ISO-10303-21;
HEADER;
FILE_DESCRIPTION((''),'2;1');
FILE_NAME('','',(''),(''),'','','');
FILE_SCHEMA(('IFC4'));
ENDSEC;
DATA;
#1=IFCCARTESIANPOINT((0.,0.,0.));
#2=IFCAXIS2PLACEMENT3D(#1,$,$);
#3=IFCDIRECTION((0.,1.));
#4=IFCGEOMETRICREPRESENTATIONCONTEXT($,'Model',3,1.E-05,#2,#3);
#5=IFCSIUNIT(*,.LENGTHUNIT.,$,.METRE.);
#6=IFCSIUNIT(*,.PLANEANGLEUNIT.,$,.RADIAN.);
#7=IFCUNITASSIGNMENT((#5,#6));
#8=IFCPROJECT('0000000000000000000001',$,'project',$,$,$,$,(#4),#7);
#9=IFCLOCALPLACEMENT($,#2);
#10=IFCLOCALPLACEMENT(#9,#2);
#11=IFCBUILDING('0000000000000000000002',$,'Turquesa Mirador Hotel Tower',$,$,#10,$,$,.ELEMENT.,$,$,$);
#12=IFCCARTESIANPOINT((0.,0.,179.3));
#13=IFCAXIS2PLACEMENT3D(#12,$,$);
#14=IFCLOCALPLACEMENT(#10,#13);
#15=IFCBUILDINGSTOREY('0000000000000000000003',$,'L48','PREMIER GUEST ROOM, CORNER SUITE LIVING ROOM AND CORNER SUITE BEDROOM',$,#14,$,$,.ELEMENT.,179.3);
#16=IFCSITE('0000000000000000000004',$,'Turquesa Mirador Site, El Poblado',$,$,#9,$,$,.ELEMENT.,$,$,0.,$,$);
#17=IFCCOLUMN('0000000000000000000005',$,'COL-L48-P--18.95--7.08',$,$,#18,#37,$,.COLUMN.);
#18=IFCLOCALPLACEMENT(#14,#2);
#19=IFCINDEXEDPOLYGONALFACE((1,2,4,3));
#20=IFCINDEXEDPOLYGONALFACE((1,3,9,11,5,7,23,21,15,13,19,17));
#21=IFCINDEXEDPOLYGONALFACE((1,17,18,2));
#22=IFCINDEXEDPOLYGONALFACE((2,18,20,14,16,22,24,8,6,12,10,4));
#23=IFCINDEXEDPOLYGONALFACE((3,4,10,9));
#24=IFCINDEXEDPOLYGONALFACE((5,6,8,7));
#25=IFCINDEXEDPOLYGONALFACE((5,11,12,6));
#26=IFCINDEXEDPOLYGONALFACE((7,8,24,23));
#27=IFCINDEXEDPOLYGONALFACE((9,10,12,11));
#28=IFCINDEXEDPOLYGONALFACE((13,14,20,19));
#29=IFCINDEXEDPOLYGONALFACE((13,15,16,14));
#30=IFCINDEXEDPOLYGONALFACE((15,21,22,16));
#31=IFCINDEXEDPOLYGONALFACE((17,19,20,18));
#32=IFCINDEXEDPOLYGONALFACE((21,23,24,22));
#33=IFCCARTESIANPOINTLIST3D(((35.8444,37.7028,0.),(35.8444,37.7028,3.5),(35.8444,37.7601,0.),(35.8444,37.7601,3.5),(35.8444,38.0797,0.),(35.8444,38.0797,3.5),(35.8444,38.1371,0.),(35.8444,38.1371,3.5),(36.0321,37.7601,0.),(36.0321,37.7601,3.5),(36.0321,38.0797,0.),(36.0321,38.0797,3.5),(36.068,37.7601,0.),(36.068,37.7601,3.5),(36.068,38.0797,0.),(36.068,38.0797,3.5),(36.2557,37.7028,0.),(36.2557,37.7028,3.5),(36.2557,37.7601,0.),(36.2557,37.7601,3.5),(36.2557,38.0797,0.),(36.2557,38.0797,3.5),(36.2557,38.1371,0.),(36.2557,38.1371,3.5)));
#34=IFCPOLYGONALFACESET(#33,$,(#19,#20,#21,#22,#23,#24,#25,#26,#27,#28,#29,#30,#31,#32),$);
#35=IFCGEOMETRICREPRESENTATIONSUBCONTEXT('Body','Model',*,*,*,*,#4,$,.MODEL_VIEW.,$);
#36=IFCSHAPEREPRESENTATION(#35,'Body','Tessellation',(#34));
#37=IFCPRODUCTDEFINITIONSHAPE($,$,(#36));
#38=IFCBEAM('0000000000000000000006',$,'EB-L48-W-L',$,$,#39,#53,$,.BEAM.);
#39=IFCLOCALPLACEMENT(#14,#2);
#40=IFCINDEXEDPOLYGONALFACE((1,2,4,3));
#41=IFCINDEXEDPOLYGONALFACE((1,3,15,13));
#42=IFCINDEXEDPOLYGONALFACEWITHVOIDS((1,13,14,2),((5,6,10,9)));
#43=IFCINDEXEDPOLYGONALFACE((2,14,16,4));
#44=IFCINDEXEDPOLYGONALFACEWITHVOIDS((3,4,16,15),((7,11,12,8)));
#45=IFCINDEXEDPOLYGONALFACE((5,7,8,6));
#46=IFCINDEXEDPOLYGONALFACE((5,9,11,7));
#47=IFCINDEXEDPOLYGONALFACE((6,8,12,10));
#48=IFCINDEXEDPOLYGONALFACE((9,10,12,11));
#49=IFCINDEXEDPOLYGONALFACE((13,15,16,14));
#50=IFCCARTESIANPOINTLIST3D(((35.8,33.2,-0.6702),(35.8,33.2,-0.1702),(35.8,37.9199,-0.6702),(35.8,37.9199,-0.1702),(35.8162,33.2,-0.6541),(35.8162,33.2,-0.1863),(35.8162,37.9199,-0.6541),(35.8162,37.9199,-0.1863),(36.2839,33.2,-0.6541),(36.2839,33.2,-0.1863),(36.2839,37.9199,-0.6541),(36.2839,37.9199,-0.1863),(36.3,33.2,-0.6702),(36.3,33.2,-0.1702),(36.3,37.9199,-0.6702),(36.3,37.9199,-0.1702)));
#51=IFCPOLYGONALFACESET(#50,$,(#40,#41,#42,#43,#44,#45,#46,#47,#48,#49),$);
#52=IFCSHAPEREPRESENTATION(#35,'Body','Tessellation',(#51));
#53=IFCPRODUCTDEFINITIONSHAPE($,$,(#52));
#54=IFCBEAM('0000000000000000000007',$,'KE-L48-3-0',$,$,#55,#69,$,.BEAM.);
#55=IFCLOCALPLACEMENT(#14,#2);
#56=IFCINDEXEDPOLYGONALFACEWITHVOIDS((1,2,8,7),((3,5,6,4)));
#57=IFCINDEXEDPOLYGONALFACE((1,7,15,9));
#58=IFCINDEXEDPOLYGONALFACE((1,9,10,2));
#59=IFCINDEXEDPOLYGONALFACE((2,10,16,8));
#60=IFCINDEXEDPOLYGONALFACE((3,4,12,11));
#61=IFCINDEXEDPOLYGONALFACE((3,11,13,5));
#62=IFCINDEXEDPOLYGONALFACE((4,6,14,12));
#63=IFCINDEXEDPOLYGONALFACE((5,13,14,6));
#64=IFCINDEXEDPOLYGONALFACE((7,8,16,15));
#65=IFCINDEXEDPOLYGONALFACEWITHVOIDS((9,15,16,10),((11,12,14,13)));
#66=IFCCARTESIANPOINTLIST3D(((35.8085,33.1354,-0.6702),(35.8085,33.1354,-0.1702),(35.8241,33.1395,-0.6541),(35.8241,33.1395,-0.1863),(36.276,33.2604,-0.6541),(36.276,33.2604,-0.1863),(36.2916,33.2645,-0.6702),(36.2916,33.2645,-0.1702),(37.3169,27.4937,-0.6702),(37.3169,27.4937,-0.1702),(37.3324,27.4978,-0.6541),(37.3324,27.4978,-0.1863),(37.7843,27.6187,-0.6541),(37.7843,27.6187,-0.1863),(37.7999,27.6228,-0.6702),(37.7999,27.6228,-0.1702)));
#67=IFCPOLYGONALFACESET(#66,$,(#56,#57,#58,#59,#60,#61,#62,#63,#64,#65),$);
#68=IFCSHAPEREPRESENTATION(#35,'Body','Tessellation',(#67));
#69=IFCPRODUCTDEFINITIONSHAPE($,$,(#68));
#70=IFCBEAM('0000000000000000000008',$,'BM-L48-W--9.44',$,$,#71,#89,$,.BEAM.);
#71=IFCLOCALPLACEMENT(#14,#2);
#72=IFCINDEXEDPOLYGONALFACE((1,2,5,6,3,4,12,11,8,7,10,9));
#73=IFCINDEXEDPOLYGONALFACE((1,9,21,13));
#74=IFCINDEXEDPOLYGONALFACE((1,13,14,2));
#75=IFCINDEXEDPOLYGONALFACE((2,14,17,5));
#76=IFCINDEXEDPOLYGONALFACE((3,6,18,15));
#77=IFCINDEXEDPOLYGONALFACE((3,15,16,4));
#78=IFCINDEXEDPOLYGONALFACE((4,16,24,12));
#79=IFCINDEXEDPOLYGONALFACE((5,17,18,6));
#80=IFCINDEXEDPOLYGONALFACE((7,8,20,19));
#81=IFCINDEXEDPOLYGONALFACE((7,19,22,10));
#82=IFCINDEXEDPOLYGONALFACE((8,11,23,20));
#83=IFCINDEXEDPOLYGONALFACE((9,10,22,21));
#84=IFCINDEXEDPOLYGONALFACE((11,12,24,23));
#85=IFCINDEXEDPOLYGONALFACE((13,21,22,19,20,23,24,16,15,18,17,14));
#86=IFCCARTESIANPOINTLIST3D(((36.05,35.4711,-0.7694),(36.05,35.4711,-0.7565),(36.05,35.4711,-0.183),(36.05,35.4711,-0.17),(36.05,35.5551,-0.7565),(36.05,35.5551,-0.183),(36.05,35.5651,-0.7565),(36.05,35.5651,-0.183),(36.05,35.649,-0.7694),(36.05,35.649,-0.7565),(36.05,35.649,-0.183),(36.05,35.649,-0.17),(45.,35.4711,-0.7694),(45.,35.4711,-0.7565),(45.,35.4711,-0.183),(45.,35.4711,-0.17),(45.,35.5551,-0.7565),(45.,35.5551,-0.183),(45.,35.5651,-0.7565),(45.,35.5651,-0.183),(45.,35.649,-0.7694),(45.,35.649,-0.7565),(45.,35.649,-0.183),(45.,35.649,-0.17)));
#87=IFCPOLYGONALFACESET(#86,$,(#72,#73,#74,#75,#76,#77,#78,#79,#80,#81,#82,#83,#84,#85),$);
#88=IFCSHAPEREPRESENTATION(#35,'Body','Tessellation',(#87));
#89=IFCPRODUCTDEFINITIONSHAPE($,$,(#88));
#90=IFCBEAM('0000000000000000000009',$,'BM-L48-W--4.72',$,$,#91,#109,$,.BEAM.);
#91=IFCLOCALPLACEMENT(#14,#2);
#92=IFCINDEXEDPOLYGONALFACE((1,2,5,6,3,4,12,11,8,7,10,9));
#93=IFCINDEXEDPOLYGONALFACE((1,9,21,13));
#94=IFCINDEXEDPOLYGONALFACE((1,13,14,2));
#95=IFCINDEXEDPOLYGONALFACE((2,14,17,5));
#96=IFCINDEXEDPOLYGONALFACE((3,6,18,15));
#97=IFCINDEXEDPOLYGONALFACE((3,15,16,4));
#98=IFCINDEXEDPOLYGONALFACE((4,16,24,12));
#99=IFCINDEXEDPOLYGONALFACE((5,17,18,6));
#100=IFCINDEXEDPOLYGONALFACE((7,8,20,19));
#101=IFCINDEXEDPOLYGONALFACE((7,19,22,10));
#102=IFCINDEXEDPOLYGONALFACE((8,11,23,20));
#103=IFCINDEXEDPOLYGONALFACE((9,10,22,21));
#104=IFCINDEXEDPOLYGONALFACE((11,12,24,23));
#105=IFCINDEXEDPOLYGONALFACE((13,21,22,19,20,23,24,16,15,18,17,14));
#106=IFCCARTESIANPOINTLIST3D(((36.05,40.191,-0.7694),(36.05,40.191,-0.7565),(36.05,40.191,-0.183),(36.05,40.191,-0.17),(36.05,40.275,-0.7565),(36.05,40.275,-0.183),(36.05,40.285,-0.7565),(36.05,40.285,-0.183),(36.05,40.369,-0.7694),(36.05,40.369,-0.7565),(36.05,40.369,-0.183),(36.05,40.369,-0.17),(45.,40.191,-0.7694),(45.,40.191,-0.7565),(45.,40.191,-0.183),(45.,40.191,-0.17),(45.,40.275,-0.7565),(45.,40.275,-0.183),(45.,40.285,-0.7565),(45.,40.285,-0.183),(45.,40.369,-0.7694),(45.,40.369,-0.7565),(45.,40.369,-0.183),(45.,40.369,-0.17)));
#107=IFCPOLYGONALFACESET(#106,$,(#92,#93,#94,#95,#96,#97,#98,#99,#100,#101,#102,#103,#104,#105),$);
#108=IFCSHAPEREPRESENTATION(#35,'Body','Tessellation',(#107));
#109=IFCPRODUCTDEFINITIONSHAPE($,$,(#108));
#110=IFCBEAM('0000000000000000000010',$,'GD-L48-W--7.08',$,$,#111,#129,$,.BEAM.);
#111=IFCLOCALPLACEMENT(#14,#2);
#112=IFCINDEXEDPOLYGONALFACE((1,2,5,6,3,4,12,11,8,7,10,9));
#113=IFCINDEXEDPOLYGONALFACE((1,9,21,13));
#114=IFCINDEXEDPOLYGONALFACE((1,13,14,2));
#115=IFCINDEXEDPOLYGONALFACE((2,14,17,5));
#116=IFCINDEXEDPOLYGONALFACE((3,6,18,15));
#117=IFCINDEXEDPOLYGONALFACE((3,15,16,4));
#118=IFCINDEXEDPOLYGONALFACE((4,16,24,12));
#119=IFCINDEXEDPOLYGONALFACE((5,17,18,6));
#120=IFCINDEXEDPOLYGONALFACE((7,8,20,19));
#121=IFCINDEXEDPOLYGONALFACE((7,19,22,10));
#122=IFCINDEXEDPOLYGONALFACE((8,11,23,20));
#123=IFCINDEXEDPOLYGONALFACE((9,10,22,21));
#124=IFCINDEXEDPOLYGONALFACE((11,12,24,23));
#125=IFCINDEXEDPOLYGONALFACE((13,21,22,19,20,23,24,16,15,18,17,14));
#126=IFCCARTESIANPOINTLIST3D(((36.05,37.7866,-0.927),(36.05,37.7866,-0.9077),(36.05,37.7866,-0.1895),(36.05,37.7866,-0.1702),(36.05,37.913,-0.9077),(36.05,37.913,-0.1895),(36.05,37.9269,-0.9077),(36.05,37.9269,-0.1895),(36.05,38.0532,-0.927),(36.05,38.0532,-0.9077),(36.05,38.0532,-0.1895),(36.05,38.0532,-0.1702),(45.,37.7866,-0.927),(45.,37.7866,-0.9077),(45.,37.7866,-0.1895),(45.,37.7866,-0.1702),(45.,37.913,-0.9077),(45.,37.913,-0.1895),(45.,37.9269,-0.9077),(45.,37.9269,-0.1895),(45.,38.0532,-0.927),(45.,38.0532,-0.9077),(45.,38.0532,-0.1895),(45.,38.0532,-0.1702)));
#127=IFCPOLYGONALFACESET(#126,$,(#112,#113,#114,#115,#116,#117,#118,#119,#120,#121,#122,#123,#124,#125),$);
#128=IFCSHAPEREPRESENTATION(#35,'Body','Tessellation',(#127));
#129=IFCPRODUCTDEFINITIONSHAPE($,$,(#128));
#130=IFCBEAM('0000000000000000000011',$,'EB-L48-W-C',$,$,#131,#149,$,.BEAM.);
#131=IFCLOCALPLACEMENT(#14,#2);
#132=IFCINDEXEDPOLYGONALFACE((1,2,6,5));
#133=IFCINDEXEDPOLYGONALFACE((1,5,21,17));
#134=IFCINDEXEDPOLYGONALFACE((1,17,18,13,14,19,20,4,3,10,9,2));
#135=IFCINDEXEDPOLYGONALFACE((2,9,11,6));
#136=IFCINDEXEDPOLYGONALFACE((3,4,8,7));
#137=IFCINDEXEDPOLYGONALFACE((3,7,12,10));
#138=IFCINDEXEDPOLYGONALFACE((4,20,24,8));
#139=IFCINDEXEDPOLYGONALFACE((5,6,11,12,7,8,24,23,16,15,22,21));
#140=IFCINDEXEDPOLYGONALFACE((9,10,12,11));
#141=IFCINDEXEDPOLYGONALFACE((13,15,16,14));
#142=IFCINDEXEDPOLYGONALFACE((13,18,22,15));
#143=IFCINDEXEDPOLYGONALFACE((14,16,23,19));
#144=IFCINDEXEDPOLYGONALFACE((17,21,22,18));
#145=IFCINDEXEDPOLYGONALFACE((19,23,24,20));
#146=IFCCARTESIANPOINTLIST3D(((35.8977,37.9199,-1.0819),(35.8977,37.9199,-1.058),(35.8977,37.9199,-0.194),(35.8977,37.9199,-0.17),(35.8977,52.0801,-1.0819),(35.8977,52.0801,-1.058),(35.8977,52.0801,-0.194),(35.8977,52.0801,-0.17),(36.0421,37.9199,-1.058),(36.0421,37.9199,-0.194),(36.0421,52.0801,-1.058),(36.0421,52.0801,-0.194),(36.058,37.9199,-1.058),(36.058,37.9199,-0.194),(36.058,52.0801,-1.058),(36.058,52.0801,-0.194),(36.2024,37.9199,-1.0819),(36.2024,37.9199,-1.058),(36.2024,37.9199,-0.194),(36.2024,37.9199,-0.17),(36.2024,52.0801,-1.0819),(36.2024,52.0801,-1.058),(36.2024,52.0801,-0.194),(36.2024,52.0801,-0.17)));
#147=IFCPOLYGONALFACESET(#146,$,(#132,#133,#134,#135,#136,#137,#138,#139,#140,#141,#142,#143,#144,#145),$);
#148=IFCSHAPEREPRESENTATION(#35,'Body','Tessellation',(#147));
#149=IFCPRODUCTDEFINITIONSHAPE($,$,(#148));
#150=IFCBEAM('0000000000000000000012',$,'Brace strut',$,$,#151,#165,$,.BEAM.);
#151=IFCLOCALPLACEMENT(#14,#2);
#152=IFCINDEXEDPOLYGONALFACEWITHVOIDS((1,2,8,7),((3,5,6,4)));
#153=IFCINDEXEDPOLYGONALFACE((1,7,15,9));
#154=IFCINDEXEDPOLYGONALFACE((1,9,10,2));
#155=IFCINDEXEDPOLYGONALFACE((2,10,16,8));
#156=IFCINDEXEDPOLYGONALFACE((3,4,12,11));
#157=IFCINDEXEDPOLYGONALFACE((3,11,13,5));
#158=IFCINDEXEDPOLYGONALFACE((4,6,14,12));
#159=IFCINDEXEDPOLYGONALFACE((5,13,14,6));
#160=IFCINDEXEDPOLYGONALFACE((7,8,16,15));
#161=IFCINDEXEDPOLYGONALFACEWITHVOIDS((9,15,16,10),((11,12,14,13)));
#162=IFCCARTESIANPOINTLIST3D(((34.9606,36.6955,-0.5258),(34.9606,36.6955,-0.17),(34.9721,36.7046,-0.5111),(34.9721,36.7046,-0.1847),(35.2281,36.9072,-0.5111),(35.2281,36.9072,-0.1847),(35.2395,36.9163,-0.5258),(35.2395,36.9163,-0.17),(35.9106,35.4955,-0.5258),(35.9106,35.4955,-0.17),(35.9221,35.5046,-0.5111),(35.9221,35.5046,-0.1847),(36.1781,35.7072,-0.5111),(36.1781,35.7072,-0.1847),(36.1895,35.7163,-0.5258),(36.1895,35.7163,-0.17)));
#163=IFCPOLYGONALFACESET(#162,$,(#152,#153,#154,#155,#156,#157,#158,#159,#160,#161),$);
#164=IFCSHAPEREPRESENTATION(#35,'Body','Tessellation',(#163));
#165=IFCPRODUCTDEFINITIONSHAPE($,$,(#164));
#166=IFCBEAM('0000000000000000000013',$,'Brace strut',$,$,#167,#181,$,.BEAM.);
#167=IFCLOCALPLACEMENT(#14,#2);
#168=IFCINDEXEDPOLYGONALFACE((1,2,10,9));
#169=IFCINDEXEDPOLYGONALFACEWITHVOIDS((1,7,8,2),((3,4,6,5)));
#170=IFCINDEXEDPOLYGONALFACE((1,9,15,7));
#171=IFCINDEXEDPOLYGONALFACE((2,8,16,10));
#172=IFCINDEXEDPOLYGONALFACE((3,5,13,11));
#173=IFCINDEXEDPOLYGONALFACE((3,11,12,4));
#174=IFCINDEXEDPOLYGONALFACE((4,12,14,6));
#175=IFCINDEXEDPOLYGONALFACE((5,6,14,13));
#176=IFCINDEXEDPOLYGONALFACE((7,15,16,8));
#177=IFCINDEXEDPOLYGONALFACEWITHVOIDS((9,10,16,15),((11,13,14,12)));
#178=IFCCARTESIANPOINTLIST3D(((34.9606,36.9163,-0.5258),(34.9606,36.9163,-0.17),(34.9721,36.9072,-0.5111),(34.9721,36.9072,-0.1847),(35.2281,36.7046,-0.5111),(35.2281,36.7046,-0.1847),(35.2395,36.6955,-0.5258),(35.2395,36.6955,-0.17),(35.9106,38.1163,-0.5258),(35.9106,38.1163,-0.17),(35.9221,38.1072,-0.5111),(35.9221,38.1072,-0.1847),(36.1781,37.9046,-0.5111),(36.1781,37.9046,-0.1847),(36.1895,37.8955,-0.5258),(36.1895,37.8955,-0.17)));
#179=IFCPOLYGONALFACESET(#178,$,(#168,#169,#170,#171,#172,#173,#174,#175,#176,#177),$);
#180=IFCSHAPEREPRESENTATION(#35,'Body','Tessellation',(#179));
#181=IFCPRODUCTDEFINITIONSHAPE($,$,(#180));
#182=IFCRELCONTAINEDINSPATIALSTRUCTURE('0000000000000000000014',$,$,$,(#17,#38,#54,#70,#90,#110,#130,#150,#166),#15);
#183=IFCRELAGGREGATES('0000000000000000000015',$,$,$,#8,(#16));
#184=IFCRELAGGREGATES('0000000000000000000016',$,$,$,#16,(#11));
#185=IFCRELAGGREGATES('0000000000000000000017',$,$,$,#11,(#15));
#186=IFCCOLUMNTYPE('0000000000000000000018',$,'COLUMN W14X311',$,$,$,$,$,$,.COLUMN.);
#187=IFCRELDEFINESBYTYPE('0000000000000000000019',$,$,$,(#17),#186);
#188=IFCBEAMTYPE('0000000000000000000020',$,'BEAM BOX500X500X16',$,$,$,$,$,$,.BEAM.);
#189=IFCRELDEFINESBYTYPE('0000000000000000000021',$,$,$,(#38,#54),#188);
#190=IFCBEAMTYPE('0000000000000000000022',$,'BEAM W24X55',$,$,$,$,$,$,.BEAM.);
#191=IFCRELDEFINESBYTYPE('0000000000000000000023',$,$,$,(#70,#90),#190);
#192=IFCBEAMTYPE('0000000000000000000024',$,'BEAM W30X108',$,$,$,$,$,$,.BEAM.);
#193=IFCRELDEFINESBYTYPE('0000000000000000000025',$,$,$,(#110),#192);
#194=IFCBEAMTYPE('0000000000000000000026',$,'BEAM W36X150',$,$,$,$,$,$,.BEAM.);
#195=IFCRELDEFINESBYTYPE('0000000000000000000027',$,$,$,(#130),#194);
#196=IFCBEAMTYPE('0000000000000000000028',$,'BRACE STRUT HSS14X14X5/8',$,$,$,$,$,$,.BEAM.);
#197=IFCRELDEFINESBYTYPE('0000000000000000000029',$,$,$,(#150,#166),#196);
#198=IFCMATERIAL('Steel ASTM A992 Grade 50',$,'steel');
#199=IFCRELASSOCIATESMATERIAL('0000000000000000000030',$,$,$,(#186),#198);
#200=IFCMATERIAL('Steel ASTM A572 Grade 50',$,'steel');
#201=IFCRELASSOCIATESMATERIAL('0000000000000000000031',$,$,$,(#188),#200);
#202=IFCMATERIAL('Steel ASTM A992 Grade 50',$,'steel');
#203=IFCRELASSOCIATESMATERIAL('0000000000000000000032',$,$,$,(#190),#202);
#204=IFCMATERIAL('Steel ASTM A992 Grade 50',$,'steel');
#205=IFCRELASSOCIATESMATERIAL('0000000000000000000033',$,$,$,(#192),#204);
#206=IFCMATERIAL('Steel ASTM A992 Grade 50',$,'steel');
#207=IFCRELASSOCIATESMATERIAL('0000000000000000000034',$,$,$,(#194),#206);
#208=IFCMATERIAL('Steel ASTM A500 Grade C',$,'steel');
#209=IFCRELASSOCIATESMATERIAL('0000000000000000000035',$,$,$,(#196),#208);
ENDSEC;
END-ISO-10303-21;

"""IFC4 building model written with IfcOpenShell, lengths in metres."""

from ifc_helpers import new_model, si_unit, direction, frame, origin, origin_2d, place, context, subcontext, project, spatial, hollow_rectangle, i_section, extrude, material, material_profile, profile_set, type_object, element, save


model = new_model("IFC4")

# Units and contexts
model_context = context("Model", 3, precision=1e-05, world=origin(), true_north=direction((0.0, 1.0)))
body_context = subcontext(model_context, "Body", "Model", "MODEL_VIEW")
ifc_project = project(units=[si_unit("LENGTHUNIT", "METRE"), si_unit("PLANEANGLEUNIT", "RADIAN")], contexts=[model_context])

# Site, building, storey
site_placement = place(None, origin())
site = spatial("IfcSite", under=ifc_project, at=site_placement, Name="Turquesa Mirador Site, El Poblado", CompositionType="ELEMENT", RefElevation=0.0)
building_placement = place(site_placement, origin())
building = spatial("IfcBuilding", under=site, at=building_placement, Name="Turquesa Mirador Hotel Tower", CompositionType="ELEMENT")
storey_placement = place(building_placement, frame((0.0, 0.0, 179.3)))
storey = spatial("IfcBuildingStorey", under=building, at=storey_placement, Name="L48", Description="PREMIER GUEST ROOM, CORNER SUITE LIVING ROOM AND CORNER SUITE BEDROOM", CompositionType="ELEMENT", Elevation=179.3)

# Column
ifc_material_1 = material(Name="Steel ASTM A992 Grade 50", Category="steel")
ifc_material_profile_1 = material_profile(ifc_material_1, i_section(OverallWidth=0.4114, OverallDepth=0.4343, WebThickness=0.0359, FlangeThickness=0.0574, at=origin_2d()), Name="W14X311")
ifc_profile_set_1 = profile_set([ifc_material_profile_1], Name="Steel ASTM A992 Grade 50")
column_type = type_object("IfcColumnType", Name="COLUMN W14X311", PredefinedType="COLUMN", material=ifc_profile_set_1)
column_placement = place(storey_placement, frame((36.05, 37.9199, 0.0), z_axis=(0.0, 0.0, 1.0), x_axis=(1.0, 0.0, 0.0)))
element("IfcColumn", 1, at=column_placement, inside=storey, type_object=column_type, Name="COL-L48-P--18.95--7.08", PredefinedType="COLUMN", context=body_context, shape_type="SweptSolid", body=[
    extrude(i_section(OverallWidth=0.4114, OverallDepth=0.4343, WebThickness=0.0359, FlangeThickness=0.0574, at=origin_2d()), origin(), (0.0, 0.0, 1.0), 3.5),
])

# Beams
ifc_material_2 = material(Name="Steel ASTM A572 Grade 50", Category="steel")
ifc_material_profile_2 = material_profile(ifc_material_2, hollow_rectangle(XDim=0.5, YDim=0.5, WallThickness=0.0161, at=origin_2d()), Name="BOX500X500X16")
ifc_profile_set_2 = profile_set([ifc_material_profile_2], Name="Steel ASTM A572 Grade 50")
beam_type_1 = type_object("IfcBeamType", Name="BEAM BOX500X500X16", PredefinedType="BEAM", material=ifc_profile_set_2)
beam_1_placement = place(storey_placement, frame((36.05, 33.2, -0.4202), z_axis=(0.0, 1.0, 0.0), x_axis=(-1.0, 0.0, 0.0)))
element("IfcBeam", 2, at=beam_1_placement, inside=storey, type_object=beam_type_1, Name="EB-L48-W-L", PredefinedType="BEAM", context=body_context, shape_type="SweptSolid", body=[
    extrude(hollow_rectangle(XDim=0.5, YDim=0.5, WallThickness=0.0161, at=origin_2d()), origin(), (0.0, 0.0, 1.0), 4.72),
])
beam_2_placement = place(storey_placement, frame((36.05, 33.2, -0.4202), z_axis=(0.258282, -0.96607, 0.0), x_axis=(0.96607, 0.258282, 0.0)))
element("IfcBeam", 3, at=beam_2_placement, inside=storey, type_object=beam_type_1, Name="KE-L48-3-0", PredefinedType="BEAM", context=body_context, shape_type="SweptSolid", body=[
    extrude(hollow_rectangle(XDim=0.5, YDim=0.5, WallThickness=0.0161, at=origin_2d()), origin(), (0.0, 0.0, 1.0), 5.8398),
])
ifc_material_3 = material(Name="Steel ASTM A992 Grade 50", Category="steel")
ifc_material_profile_3 = material_profile(ifc_material_3, i_section(OverallWidth=0.178, OverallDepth=0.5994, WebThickness=0.01, FlangeThickness=0.0129, at=origin_2d()), Name="W24X55")
ifc_profile_set_3 = profile_set([ifc_material_profile_3], Name="Steel ASTM A992 Grade 50")
beam_type_2 = type_object("IfcBeamType", Name="BEAM W24X55", PredefinedType="BEAM", material=ifc_profile_set_3)
for number, where, z_axis, x_axis, name in (
    (4, (36.05, 35.5601, -0.4697), (1.0, 0.0, 0.0), (0.0, 1.0, 0.0), "BM-L48-W--9.44"),
    (5, (36.05, 40.28, -0.4697), (1.0, 0.0, 0.0), (0.0, 1.0, 0.0), "BM-L48-W--4.72"),
):
    element("IfcBeam", number, at=place(storey_placement, frame(where, z_axis=z_axis, x_axis=x_axis)), inside=storey, type_object=beam_type_2, Name=name, PredefinedType="BEAM", context=body_context, shape_type="SweptSolid", body=[
        extrude(i_section(OverallWidth=0.178, OverallDepth=0.5994, WebThickness=0.01, FlangeThickness=0.0129, at=origin_2d()), origin(), (0.0, 0.0, 1.0), 8.95),
    ])
ifc_material_4 = material(Name="Steel ASTM A992 Grade 50", Category="steel")
ifc_material_profile_4 = material_profile(ifc_material_4, i_section(OverallWidth=0.2666, OverallDepth=0.7568, WebThickness=0.0139, FlangeThickness=0.0193, at=origin_2d()), Name="W30X108")
ifc_profile_set_4 = profile_set([ifc_material_profile_4], Name="Steel ASTM A992 Grade 50")
beam_type_3 = type_object("IfcBeamType", Name="BEAM W30X108", PredefinedType="BEAM", material=ifc_profile_set_4)
beam_3_placement = place(storey_placement, frame((36.05, 37.9199, -0.5486), z_axis=(1.0, 0.0, 0.0), x_axis=(0.0, 1.0, 0.0)))
element("IfcBeam", 6, at=beam_3_placement, inside=storey, type_object=beam_type_3, Name="GD-L48-W--7.08", PredefinedType="BEAM", context=body_context, shape_type="SweptSolid", body=[
    extrude(i_section(OverallWidth=0.2666, OverallDepth=0.7568, WebThickness=0.0139, FlangeThickness=0.0193, at=origin_2d()), origin(), (0.0, 0.0, 1.0), 8.95),
])
ifc_material_5 = material(Name="Steel ASTM A992 Grade 50", Category="steel")
ifc_material_profile_5 = material_profile(ifc_material_5, i_section(OverallWidth=0.3047, OverallDepth=0.9119, WebThickness=0.0159, FlangeThickness=0.0239, at=origin_2d()), Name="W36X150")
ifc_profile_set_5 = profile_set([ifc_material_profile_5], Name="Steel ASTM A992 Grade 50")
beam_type_4 = type_object("IfcBeamType", Name="BEAM W36X150", PredefinedType="BEAM", material=ifc_profile_set_5)
beam_4_placement = place(storey_placement, frame((36.05, 37.9199, -0.626), z_axis=(0.0, 1.0, 0.0), x_axis=(-1.0, 0.0, 0.0)))
element("IfcBeam", 7, at=beam_4_placement, inside=storey, type_object=beam_type_4, Name="EB-L48-W-C", PredefinedType="BEAM", context=body_context, shape_type="SweptSolid", body=[
    extrude(i_section(OverallWidth=0.3047, OverallDepth=0.9119, WebThickness=0.0159, FlangeThickness=0.0239, at=origin_2d()), origin(), (0.0, 0.0, 1.0), 14.1602),
])
ifc_material_6 = material(Name="Steel ASTM A500 Grade C", Category="steel")
ifc_material_profile_6 = material_profile(ifc_material_6, hollow_rectangle(XDim=0.3557, YDim=0.3557, WallThickness=0.0146, at=origin_2d()), Name="HSS14X14X5/8")
ifc_profile_set_6 = profile_set([ifc_material_profile_6], Name="Steel ASTM A500 Grade C")
beam_type_5 = type_object("IfcBeamType", Name="BRACE STRUT HSS14X14X5/8", PredefinedType="BEAM", material=ifc_profile_set_6)
for number, where, z_axis, x_axis, name in (
    (8, (35.1001, 36.8059, -0.3479), (0.620699, -0.784049, 0.0), (0.784049, 0.620699, 0.0), "Brace strut"),
    (9, (35.1001, 36.8059, -0.3479), (0.620699, 0.784049, 0.0), (-0.784049, 0.620699, 0.0), "Brace strut"),
):
    element("IfcBeam", number, at=place(storey_placement, frame(where, z_axis=z_axis, x_axis=x_axis)), inside=storey, type_object=beam_type_5, Name=name, PredefinedType="BEAM", context=body_context, shape_type="SweptSolid", body=[
        extrude(hollow_rectangle(XDim=0.3557, YDim=0.3557, WallThickness=0.0146, at=origin_2d()), origin(), (0.0, 0.0, 1.0), 1.5305),
    ])

save(model, "model.ifc")
